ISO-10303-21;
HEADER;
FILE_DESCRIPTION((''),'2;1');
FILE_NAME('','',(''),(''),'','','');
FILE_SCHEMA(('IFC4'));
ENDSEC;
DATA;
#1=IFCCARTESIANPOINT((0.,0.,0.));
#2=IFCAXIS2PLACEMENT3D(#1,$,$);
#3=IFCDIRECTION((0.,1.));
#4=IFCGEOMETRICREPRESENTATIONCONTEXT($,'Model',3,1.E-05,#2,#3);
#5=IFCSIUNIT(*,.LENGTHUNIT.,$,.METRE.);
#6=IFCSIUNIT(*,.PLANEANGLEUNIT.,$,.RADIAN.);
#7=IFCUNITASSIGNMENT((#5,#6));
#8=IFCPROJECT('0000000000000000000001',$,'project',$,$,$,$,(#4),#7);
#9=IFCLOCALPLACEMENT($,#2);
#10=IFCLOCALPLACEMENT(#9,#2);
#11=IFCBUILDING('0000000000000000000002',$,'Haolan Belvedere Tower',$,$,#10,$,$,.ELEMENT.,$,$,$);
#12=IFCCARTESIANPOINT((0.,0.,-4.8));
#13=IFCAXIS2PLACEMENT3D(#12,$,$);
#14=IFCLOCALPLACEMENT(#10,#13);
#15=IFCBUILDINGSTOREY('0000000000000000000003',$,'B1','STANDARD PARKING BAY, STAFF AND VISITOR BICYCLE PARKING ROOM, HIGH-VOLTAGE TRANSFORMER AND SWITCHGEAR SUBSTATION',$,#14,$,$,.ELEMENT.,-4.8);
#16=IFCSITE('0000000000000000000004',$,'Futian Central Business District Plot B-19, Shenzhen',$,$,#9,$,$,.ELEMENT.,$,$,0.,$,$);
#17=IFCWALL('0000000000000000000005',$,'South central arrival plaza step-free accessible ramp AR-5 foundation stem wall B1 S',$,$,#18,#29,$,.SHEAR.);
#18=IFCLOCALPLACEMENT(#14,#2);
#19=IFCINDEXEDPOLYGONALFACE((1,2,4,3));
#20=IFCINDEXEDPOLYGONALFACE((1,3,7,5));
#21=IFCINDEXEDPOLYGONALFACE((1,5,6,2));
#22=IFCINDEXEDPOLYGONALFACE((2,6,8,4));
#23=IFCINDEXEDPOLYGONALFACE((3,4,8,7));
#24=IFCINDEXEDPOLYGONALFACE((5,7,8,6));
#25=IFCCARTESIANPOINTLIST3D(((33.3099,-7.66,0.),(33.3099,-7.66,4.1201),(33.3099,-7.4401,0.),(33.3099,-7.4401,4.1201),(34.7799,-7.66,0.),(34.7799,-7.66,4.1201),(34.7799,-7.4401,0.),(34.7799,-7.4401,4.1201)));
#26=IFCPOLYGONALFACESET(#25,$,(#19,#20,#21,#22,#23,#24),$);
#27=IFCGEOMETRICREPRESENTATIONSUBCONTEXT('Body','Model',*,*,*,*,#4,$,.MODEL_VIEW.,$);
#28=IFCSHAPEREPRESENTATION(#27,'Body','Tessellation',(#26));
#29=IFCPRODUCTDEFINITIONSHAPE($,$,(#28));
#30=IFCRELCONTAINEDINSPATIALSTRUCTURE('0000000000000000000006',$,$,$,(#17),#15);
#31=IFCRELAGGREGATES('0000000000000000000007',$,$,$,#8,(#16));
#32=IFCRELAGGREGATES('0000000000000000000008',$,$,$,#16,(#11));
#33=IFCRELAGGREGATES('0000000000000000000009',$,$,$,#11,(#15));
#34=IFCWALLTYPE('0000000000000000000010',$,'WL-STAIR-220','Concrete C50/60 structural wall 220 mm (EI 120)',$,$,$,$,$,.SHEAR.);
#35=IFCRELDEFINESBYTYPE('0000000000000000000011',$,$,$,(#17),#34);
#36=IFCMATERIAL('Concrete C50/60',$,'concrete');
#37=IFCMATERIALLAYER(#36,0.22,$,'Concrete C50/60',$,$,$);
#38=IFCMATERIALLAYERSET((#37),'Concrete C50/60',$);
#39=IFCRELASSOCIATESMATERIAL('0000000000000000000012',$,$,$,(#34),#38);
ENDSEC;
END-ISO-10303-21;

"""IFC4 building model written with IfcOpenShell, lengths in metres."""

from ifc_helpers import new_model, si_unit, direction, frame, frame_2d, origin, place, context, subcontext, project, spatial, rectangle, extrude, material, layer, layer_set, type_object, element, save


model = new_model("IFC4")

# Units and contexts
model_context = context("Model", 3, precision=1e-05, world=origin(), true_north=direction((0.0, 1.0)))
body_context = subcontext(model_context, "Body", "Model", "MODEL_VIEW")
ifc_project = project(units=[si_unit("LENGTHUNIT", "METRE"), si_unit("PLANEANGLEUNIT", "RADIAN")], contexts=[model_context])

# Site, building, storey
site_placement = place(None, origin())
site = spatial("IfcSite", under=ifc_project, at=site_placement, Name="Futian Central Business District Plot B-19, Shenzhen", CompositionType="ELEMENT", RefElevation=0.0)
building_placement = place(site_placement, origin())
building = spatial("IfcBuilding", under=site, at=building_placement, Name="Haolan Belvedere Tower", CompositionType="ELEMENT")
storey_placement = place(building_placement, frame((0.0, 0.0, -4.8)))
storey = spatial("IfcBuildingStorey", under=building, at=storey_placement, Name="B1", Description="STANDARD PARKING BAY, STAFF AND VISITOR BICYCLE PARKING ROOM, HIGH-VOLTAGE TRANSFORMER AND SWITCHGEAR SUBSTATION", CompositionType="ELEMENT", Elevation=-4.8)

# Wall
ifc_material_1 = material(Name="Concrete C50/60", Category="concrete")
ifc_layer_1 = layer(ifc_material_1, 0.22, Name="Concrete C50/60")
ifc_layer_set_1 = layer_set([ifc_layer_1], Name="Concrete C50/60")
wall_type_1 = type_object("IfcWallType", Name="WL-STAIR-220", Description="Concrete C50/60 structural wall 220 mm (EI 120)", PredefinedType="SHEAR", material=ifc_layer_set_1)
for number, where, z_axis, x_axis, name in (
    (1, (33.3101, -7.55, 0.0), (0.0, 0.0, 1.0), (1.0, 0.0, 0.0), "South central arrival plaza step-free accessible ramp AR-5 foundation stem wall B1 S"),
):
    element("IfcWall", number, at=place(storey_placement, frame(where, z_axis=z_axis, x_axis=x_axis)), inside=storey, type_object=wall_type_1, Name=name, PredefinedType="SHEAR", context=body_context, shape_type="SweptSolid", body=[
        extrude(rectangle(XDim=1.47, YDim=0.22, at=frame_2d((0.7349, 0.0))), origin(), (0.0, 0.0, 1.0), 4.1201),
    ])

save(model, "model.ifc")
